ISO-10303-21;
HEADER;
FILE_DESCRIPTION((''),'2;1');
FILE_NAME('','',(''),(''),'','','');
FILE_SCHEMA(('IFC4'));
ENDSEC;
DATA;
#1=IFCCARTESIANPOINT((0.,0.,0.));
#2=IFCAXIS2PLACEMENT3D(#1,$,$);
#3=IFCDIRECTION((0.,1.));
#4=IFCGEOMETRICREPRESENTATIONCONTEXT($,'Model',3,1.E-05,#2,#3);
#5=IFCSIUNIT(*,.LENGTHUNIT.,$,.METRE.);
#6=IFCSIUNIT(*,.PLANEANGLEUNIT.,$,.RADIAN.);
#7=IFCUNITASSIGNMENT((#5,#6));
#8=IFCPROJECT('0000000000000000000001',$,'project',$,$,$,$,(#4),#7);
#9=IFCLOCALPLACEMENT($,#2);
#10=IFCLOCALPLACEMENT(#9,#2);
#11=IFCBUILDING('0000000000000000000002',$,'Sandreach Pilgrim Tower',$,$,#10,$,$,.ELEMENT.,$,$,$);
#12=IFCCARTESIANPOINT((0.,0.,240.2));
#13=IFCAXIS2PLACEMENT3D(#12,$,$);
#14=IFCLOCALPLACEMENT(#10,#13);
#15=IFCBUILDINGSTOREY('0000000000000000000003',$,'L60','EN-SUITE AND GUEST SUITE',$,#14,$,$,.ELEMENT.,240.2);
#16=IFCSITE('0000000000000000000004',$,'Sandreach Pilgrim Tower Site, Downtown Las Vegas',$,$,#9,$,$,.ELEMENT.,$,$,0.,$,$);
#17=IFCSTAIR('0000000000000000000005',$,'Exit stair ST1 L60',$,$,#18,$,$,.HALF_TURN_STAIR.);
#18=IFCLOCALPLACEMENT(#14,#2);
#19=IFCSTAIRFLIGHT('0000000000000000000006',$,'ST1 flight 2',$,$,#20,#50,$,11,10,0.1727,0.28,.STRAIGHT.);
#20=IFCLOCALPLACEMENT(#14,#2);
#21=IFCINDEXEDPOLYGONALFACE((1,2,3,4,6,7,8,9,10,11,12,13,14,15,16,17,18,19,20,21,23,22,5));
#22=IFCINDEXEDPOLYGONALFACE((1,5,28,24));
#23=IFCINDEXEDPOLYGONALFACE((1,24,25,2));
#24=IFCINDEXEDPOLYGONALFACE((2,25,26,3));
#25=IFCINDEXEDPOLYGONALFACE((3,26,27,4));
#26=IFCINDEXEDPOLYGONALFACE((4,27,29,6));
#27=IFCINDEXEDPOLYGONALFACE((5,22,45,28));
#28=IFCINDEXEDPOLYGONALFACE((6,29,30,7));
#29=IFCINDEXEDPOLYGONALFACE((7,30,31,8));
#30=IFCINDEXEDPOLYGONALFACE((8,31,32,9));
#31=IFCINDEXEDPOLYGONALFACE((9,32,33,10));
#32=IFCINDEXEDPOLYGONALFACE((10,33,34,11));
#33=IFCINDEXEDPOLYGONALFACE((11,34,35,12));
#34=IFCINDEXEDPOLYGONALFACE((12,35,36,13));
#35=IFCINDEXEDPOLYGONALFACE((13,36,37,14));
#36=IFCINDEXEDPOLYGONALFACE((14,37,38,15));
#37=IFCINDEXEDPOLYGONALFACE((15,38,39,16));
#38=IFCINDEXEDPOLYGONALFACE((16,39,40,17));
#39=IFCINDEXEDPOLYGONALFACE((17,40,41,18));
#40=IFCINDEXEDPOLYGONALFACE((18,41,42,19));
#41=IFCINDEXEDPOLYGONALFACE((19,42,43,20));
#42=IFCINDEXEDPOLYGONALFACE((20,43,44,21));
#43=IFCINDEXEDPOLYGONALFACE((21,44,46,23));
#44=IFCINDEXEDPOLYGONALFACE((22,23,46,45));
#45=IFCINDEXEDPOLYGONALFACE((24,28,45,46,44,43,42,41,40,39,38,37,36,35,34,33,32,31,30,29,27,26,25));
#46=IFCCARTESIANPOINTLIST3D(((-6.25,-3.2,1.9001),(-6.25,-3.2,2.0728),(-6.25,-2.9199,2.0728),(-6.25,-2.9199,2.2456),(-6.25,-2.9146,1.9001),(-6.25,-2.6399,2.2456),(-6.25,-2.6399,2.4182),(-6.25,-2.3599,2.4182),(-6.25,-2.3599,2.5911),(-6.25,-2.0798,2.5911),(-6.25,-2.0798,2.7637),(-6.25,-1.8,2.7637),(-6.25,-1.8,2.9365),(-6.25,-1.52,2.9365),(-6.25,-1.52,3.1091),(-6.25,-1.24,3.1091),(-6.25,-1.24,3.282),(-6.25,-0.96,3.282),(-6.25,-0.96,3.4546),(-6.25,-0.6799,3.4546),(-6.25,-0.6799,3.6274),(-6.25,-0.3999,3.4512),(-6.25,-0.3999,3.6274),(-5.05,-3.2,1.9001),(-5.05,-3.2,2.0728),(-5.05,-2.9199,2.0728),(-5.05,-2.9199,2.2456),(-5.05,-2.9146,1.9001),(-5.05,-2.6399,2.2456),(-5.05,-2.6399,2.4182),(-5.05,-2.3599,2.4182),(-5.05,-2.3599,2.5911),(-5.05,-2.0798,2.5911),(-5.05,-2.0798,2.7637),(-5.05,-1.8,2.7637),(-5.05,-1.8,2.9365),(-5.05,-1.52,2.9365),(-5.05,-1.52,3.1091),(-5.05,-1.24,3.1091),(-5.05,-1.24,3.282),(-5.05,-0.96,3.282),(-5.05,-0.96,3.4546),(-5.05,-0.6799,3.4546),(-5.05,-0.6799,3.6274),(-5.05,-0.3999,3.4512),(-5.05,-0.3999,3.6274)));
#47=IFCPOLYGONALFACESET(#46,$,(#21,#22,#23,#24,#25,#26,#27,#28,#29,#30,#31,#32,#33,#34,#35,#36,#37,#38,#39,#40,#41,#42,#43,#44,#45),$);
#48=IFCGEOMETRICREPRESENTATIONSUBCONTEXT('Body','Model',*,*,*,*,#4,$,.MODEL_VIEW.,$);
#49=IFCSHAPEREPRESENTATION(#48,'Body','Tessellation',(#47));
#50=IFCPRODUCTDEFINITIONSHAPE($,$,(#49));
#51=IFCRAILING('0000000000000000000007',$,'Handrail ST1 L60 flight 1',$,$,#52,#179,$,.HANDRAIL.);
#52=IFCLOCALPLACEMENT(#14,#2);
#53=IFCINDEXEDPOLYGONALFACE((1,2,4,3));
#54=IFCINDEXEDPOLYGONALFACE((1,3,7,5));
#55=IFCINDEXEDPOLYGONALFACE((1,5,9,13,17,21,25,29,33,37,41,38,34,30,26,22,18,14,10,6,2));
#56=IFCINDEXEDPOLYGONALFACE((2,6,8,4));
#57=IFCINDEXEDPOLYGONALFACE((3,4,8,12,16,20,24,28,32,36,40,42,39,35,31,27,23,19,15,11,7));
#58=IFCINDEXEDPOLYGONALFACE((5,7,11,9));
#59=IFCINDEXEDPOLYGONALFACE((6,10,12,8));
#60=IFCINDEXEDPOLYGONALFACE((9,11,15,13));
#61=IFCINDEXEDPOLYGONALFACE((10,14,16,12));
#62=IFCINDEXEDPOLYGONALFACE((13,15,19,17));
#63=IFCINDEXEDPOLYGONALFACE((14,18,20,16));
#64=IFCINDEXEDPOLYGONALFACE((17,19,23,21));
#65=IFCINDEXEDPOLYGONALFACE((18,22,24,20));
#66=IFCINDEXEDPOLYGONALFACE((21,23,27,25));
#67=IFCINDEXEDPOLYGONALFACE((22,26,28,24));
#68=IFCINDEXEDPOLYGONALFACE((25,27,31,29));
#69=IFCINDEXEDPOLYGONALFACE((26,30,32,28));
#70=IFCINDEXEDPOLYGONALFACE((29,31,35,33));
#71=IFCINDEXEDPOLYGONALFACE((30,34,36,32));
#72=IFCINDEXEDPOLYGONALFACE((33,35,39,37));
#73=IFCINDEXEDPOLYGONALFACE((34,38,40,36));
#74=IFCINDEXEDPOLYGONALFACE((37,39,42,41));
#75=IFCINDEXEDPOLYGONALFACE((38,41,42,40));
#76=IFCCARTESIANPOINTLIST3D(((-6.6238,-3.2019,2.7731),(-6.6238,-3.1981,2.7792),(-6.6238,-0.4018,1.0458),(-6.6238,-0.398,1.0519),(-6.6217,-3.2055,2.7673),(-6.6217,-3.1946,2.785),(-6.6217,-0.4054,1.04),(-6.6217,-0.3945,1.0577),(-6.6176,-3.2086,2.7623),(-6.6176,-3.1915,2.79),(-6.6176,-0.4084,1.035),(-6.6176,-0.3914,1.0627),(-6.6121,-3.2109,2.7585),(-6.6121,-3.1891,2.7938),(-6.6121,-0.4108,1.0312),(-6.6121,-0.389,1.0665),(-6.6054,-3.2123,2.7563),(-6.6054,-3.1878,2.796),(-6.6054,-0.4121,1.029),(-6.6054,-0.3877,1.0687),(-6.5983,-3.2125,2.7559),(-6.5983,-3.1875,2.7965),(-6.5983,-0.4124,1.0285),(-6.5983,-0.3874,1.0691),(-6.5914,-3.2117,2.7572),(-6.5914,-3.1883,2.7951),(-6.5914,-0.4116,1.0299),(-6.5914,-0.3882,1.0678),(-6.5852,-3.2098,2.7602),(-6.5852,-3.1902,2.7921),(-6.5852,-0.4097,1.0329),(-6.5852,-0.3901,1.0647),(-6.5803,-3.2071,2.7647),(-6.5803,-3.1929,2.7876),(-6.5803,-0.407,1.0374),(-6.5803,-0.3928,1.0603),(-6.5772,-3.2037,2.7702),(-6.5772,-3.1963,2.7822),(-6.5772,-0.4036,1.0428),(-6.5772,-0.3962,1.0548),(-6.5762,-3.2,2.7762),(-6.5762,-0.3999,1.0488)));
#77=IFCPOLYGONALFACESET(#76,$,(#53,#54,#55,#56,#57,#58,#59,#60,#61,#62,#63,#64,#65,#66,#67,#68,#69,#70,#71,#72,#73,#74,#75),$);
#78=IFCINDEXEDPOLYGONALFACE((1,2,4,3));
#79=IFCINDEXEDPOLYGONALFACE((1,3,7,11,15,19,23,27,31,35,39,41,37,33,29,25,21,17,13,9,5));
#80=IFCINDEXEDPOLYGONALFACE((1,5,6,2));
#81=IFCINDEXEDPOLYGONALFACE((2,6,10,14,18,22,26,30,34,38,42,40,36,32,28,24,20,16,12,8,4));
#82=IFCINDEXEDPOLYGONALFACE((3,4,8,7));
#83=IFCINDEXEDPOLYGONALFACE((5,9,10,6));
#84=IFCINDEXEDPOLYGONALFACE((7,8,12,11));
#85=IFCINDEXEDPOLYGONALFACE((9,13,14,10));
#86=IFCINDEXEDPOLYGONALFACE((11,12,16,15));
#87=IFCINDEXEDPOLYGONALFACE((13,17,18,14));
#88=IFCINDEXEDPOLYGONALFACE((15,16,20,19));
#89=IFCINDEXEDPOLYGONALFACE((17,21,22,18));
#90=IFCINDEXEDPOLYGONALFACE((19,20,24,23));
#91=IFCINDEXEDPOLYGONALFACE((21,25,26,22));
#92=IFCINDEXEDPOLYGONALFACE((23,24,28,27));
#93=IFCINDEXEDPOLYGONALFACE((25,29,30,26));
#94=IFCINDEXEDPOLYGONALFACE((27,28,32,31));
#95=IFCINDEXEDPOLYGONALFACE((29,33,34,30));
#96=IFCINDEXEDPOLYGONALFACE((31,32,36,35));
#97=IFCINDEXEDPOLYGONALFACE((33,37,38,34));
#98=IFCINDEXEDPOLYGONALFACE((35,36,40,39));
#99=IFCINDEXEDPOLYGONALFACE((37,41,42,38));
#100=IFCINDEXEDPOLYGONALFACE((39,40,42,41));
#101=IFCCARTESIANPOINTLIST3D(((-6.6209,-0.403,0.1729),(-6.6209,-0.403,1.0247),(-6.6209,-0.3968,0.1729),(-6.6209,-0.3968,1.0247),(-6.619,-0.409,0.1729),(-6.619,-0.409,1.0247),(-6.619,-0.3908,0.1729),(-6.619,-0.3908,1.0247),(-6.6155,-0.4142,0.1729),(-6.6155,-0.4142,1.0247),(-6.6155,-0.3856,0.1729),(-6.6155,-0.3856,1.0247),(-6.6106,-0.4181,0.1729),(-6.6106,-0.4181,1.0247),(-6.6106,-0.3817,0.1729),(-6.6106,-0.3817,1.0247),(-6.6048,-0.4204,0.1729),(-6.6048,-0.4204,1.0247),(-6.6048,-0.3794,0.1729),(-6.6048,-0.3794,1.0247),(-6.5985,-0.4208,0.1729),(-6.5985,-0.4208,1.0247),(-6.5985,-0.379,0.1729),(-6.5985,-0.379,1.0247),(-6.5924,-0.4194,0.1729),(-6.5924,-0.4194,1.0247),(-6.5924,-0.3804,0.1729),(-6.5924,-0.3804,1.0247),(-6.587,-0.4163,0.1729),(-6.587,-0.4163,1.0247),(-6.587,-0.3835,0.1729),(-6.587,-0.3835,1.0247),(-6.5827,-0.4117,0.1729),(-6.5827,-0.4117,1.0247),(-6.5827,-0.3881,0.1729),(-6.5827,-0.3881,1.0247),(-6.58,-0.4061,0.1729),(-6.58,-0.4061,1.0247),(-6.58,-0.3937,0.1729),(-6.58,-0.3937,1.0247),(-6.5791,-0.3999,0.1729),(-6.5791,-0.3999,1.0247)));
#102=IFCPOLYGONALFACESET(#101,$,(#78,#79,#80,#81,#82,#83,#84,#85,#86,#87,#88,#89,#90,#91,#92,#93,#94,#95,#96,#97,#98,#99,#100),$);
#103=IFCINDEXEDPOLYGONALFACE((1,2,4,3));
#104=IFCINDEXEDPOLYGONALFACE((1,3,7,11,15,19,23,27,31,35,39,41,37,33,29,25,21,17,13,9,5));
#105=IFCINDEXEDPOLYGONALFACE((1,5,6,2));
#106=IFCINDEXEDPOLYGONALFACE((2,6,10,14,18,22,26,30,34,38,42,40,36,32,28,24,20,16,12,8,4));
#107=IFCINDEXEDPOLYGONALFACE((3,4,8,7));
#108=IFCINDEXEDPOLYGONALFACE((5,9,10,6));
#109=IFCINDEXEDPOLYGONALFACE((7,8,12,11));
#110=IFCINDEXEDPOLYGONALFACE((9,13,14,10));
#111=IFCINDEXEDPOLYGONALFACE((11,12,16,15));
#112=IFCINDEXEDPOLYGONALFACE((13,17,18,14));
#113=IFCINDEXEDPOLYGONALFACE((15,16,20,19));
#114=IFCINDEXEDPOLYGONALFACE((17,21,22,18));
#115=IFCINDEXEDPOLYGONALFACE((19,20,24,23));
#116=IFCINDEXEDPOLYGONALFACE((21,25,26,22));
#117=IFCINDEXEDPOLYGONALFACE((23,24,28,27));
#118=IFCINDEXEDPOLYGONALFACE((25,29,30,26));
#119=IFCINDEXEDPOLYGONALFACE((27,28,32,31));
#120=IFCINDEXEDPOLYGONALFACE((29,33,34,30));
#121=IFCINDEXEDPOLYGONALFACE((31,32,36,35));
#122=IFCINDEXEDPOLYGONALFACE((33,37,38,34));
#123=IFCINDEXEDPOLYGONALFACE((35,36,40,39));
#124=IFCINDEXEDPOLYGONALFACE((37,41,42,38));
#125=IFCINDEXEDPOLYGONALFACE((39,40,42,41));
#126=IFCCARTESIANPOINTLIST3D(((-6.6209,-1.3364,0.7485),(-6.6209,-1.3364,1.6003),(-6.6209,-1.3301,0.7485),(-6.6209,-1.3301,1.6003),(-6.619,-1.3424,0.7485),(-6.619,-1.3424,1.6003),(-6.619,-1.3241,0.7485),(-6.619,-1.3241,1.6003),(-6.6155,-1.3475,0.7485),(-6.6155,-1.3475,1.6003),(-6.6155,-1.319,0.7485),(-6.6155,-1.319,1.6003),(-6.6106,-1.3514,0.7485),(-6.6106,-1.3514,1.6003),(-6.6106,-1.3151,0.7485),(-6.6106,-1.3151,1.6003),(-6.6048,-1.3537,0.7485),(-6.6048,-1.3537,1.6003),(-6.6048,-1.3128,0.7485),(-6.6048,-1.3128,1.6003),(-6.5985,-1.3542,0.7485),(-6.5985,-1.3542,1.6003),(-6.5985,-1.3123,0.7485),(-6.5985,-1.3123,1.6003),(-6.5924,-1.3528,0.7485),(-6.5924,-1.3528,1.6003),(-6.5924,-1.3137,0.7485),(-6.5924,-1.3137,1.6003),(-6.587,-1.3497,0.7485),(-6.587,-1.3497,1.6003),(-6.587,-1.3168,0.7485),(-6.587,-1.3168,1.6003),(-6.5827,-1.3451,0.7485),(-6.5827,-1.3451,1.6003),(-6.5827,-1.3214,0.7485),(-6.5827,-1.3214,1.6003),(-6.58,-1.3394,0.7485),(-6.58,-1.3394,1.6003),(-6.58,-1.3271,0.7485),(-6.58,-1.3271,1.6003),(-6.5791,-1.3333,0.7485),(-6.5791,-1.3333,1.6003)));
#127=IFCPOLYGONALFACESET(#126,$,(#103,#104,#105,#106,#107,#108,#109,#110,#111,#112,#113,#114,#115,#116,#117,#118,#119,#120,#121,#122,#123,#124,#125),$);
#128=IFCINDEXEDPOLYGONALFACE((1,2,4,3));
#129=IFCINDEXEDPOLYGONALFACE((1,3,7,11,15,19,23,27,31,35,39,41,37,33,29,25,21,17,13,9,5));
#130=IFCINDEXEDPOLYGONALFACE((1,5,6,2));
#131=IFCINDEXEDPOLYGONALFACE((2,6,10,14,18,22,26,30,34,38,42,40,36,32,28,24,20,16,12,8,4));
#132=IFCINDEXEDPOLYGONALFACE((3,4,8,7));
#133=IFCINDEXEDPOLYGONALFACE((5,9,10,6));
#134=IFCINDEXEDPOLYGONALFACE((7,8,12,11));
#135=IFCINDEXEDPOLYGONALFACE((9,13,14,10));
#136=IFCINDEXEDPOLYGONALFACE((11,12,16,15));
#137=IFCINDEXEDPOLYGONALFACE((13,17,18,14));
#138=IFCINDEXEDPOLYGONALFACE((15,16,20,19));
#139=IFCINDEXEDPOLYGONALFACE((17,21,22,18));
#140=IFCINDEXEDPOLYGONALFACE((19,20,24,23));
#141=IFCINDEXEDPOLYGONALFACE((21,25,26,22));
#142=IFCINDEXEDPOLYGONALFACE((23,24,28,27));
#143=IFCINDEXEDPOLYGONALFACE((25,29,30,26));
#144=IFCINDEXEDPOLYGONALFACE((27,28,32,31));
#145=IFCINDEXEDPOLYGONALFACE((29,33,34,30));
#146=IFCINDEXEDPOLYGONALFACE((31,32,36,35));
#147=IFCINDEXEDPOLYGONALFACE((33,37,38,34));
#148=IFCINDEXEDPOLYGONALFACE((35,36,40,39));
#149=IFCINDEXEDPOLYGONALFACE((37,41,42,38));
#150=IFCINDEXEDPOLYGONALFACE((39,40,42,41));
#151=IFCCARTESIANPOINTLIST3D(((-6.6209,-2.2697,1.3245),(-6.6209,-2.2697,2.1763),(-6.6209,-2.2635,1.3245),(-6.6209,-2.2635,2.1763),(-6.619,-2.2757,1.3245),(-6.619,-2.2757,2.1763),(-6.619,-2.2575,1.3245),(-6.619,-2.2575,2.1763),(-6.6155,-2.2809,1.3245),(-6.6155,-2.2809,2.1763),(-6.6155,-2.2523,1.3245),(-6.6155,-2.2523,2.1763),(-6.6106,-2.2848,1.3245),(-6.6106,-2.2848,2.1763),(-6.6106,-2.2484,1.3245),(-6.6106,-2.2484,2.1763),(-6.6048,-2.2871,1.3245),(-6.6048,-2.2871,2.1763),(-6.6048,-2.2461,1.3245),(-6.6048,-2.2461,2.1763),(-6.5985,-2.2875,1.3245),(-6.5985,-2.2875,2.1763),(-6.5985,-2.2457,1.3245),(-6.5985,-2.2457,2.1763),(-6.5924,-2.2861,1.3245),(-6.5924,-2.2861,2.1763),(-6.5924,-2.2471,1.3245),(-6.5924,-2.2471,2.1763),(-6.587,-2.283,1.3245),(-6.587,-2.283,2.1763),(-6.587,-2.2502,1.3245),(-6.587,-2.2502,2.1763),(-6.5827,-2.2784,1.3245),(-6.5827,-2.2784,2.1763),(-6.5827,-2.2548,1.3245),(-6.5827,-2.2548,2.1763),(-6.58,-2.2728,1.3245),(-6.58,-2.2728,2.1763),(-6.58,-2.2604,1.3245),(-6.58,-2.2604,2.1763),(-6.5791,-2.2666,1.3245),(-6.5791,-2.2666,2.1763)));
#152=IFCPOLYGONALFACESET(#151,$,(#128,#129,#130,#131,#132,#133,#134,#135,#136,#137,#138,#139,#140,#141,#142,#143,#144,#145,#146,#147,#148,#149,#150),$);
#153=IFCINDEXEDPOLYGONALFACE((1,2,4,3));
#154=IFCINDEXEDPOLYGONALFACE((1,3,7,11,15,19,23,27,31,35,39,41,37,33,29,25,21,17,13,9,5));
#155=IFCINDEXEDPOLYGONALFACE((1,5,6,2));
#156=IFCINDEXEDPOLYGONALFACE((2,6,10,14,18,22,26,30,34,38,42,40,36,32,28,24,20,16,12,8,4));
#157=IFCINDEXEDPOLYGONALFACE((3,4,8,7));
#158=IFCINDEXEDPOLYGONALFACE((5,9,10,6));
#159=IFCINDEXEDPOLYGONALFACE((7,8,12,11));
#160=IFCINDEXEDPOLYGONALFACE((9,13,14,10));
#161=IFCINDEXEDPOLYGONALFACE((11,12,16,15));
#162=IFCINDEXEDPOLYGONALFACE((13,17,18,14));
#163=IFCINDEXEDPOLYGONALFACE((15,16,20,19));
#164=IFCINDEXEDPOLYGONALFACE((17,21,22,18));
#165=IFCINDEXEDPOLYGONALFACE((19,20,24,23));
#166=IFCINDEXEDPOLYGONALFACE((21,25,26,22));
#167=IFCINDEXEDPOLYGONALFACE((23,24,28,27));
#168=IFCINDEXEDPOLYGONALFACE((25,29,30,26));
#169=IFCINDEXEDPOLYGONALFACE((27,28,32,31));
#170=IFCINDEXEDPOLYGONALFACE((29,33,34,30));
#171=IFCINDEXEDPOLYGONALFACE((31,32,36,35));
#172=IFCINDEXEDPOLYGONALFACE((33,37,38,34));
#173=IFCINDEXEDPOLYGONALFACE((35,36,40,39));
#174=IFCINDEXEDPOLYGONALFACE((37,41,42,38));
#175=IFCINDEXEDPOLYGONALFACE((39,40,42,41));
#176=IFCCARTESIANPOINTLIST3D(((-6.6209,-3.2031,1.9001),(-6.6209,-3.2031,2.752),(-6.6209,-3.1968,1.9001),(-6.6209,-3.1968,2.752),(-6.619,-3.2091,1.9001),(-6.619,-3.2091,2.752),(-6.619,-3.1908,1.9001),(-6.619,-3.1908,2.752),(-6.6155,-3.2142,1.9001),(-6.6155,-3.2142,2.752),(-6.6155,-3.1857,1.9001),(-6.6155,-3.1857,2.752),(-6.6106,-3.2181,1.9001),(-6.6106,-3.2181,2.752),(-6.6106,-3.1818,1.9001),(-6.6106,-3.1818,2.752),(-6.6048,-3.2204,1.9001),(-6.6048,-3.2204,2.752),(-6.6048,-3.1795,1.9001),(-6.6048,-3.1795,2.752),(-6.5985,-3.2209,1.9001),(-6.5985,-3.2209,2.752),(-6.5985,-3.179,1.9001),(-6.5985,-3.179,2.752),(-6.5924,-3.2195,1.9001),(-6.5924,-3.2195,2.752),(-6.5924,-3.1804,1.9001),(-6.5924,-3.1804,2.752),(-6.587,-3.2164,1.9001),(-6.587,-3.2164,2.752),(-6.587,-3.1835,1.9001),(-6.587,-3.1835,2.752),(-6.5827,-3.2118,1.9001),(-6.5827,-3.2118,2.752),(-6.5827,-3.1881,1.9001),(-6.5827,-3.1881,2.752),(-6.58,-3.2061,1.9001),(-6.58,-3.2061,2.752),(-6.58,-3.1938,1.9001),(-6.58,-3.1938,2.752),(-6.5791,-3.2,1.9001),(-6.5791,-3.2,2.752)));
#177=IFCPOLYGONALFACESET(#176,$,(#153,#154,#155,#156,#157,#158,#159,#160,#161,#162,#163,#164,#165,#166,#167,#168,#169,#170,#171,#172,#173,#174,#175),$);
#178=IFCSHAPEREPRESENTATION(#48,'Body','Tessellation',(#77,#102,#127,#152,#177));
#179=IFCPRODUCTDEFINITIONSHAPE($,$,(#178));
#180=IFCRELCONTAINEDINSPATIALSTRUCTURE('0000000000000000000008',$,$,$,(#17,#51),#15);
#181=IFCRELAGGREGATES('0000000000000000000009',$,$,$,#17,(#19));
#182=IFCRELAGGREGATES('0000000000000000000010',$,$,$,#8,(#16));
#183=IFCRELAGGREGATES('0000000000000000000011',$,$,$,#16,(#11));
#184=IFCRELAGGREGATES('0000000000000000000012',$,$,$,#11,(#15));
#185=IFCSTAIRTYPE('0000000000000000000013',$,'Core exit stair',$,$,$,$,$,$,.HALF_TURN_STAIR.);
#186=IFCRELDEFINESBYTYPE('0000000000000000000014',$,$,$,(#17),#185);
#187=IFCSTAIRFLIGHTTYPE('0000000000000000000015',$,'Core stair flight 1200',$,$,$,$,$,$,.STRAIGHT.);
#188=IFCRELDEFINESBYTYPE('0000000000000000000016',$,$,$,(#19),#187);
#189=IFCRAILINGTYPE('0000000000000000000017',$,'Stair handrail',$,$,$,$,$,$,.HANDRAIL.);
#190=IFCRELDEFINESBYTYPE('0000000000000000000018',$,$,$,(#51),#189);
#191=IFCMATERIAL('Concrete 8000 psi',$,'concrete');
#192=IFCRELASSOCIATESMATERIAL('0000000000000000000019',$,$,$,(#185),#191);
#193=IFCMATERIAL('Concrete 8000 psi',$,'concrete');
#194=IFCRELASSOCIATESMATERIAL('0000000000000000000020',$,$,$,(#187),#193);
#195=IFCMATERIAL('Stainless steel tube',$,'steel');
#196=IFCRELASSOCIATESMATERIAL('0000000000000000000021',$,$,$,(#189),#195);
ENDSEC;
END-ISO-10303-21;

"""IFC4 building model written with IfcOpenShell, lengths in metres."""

from ifc_helpers import new_model, si_unit, direction, frame, origin, origin_2d, place, context, subcontext, project, spatial, polyline, circle, outline, extrude, material, type_object, element, aggregate, save


model = new_model("IFC4")

# Units and contexts
model_context = context("Model", 3, precision=1e-05, world=origin(), true_north=direction((0.0, 1.0)))
body_context = subcontext(model_context, "Body", "Model", "MODEL_VIEW")
ifc_project = project(units=[si_unit("LENGTHUNIT", "METRE"), si_unit("PLANEANGLEUNIT", "RADIAN")], contexts=[model_context])

# Site, building, storey
site_placement = place(None, origin())
site = spatial("IfcSite", under=ifc_project, at=site_placement, Name="Sandreach Pilgrim Tower Site, Downtown Las Vegas", CompositionType="ELEMENT", RefElevation=0.0)
building_placement = place(site_placement, origin())
building = spatial("IfcBuilding", under=site, at=building_placement, Name="Sandreach Pilgrim Tower", CompositionType="ELEMENT")
storey_placement = place(building_placement, frame((0.0, 0.0, 240.2)))
storey = spatial("IfcBuildingStorey", under=building, at=storey_placement, Name="L60", Description="EN-SUITE AND GUEST SUITE", CompositionType="ELEMENT", Elevation=240.2)

# Stair, stair flight
ifc_material_1 = material(Name="Concrete 8000 psi", Category="concrete")
stair_type = type_object("IfcStairType", Name="Core exit stair", PredefinedType="HALF_TURN_STAIR", material=ifc_material_1)
stair_placement = place(storey_placement, origin())
stair = element("IfcStair", 1, at=stair_placement, inside=storey, type_object=stair_type, Name="Exit stair ST1 L60", PredefinedType="HALF_TURN_STAIR")
ifc_material_2 = material(Name="Concrete 8000 psi", Category="concrete")
stair_flight_type = type_object("IfcStairFlightType", Name="Core stair flight 1200", PredefinedType="STRAIGHT", material=ifc_material_2)
stair_flight_1_placement = place(storey_placement, frame((-5.6499, -3.2, 1.9001), z_axis=(0.0, 0.0, 1.0), x_axis=(0.0, 1.0, 0.0)))
stair_flight_1 = element("IfcStairFlight", 2, at=stair_flight_1_placement, type_object=stair_flight_type, Name="ST1 flight 2", NumberOfRisers=11, NumberOfTreads=10, PredefinedType="STRAIGHT", RiserHeight=0.1727, TreadLength=0.28, context=body_context, shape_type="SweptSolid", body=[
    extrude(outline(polyline([(0.0, 0.0), (0.0, 0.1726), (0.28, 0.1726), (0.28, 0.3455), (0.5601, 0.3455), (0.5601, 0.5181), (0.8401, 0.5181), (0.8401, 0.6909), (1.1201, 0.6909), (1.1201, 0.8635), (1.3999, 0.8635), (1.3999, 1.0364), (1.6799, 1.0364), (1.6799, 1.209), (1.96, 1.209), (1.96, 1.3818), (2.24, 1.3818), (2.24, 1.5544), (2.52, 1.5544), (2.52, 1.7273), (2.8, 1.7273), (2.8, 1.8999), (2.8, 1.551), (0.2854, 0.0), (0.0, 0.0)])), frame((0.0, 0.6001, 0.0), z_axis=(0.0, -1.0, 0.0), x_axis=(1.0, 0.0, 0.0)), (0.0, 0.0, 1.0), 1.2),
])
aggregate(stair, [stair_flight_1])

# Railing
ifc_material_3 = material(Name="Stainless steel tube", Category="steel")
railing_type = type_object("IfcRailingType", Name="Stair handrail", PredefinedType="HANDRAIL", material=ifc_material_3)
for number, where, name in (
    (3, (-6.6001, -0.3999, 0.1729), "Handrail ST1 L60 flight 1"),
):
    element("IfcRailing", number, at=place(storey_placement, frame(where)), inside=storey, type_object=railing_type, Name=name, PredefinedType="HANDRAIL", context=body_context, shape_type="SweptSolid", body=[
        extrude(circle(Radius=0.0239, at=origin_2d()), frame((0.0, 0.0, 0.876), z_axis=(0.0, -0.85109, 0.52502), x_axis=(1.0, 0.0, 0.0)), (0.0, 0.0, 1.0), 3.29),
        extrude(circle(Radius=0.021, at=origin_2d()), origin(), (0.0, 0.0, 1.0), 0.8518),
        extrude(circle(Radius=0.021, at=origin_2d()), frame((0.0, -0.9333, 0.5757)), (0.0, 0.0, 1.0), 0.8518),
        extrude(circle(Radius=0.021, at=origin_2d()), frame((0.0, -1.8667, 1.1516)), (0.0, 0.0, 1.0), 0.8518),
        extrude(circle(Radius=0.021, at=origin_2d()), frame((0.0, -2.8, 1.7273)), (0.0, 0.0, 1.0), 0.8518),
    ])

save(model, "model.ifc")
